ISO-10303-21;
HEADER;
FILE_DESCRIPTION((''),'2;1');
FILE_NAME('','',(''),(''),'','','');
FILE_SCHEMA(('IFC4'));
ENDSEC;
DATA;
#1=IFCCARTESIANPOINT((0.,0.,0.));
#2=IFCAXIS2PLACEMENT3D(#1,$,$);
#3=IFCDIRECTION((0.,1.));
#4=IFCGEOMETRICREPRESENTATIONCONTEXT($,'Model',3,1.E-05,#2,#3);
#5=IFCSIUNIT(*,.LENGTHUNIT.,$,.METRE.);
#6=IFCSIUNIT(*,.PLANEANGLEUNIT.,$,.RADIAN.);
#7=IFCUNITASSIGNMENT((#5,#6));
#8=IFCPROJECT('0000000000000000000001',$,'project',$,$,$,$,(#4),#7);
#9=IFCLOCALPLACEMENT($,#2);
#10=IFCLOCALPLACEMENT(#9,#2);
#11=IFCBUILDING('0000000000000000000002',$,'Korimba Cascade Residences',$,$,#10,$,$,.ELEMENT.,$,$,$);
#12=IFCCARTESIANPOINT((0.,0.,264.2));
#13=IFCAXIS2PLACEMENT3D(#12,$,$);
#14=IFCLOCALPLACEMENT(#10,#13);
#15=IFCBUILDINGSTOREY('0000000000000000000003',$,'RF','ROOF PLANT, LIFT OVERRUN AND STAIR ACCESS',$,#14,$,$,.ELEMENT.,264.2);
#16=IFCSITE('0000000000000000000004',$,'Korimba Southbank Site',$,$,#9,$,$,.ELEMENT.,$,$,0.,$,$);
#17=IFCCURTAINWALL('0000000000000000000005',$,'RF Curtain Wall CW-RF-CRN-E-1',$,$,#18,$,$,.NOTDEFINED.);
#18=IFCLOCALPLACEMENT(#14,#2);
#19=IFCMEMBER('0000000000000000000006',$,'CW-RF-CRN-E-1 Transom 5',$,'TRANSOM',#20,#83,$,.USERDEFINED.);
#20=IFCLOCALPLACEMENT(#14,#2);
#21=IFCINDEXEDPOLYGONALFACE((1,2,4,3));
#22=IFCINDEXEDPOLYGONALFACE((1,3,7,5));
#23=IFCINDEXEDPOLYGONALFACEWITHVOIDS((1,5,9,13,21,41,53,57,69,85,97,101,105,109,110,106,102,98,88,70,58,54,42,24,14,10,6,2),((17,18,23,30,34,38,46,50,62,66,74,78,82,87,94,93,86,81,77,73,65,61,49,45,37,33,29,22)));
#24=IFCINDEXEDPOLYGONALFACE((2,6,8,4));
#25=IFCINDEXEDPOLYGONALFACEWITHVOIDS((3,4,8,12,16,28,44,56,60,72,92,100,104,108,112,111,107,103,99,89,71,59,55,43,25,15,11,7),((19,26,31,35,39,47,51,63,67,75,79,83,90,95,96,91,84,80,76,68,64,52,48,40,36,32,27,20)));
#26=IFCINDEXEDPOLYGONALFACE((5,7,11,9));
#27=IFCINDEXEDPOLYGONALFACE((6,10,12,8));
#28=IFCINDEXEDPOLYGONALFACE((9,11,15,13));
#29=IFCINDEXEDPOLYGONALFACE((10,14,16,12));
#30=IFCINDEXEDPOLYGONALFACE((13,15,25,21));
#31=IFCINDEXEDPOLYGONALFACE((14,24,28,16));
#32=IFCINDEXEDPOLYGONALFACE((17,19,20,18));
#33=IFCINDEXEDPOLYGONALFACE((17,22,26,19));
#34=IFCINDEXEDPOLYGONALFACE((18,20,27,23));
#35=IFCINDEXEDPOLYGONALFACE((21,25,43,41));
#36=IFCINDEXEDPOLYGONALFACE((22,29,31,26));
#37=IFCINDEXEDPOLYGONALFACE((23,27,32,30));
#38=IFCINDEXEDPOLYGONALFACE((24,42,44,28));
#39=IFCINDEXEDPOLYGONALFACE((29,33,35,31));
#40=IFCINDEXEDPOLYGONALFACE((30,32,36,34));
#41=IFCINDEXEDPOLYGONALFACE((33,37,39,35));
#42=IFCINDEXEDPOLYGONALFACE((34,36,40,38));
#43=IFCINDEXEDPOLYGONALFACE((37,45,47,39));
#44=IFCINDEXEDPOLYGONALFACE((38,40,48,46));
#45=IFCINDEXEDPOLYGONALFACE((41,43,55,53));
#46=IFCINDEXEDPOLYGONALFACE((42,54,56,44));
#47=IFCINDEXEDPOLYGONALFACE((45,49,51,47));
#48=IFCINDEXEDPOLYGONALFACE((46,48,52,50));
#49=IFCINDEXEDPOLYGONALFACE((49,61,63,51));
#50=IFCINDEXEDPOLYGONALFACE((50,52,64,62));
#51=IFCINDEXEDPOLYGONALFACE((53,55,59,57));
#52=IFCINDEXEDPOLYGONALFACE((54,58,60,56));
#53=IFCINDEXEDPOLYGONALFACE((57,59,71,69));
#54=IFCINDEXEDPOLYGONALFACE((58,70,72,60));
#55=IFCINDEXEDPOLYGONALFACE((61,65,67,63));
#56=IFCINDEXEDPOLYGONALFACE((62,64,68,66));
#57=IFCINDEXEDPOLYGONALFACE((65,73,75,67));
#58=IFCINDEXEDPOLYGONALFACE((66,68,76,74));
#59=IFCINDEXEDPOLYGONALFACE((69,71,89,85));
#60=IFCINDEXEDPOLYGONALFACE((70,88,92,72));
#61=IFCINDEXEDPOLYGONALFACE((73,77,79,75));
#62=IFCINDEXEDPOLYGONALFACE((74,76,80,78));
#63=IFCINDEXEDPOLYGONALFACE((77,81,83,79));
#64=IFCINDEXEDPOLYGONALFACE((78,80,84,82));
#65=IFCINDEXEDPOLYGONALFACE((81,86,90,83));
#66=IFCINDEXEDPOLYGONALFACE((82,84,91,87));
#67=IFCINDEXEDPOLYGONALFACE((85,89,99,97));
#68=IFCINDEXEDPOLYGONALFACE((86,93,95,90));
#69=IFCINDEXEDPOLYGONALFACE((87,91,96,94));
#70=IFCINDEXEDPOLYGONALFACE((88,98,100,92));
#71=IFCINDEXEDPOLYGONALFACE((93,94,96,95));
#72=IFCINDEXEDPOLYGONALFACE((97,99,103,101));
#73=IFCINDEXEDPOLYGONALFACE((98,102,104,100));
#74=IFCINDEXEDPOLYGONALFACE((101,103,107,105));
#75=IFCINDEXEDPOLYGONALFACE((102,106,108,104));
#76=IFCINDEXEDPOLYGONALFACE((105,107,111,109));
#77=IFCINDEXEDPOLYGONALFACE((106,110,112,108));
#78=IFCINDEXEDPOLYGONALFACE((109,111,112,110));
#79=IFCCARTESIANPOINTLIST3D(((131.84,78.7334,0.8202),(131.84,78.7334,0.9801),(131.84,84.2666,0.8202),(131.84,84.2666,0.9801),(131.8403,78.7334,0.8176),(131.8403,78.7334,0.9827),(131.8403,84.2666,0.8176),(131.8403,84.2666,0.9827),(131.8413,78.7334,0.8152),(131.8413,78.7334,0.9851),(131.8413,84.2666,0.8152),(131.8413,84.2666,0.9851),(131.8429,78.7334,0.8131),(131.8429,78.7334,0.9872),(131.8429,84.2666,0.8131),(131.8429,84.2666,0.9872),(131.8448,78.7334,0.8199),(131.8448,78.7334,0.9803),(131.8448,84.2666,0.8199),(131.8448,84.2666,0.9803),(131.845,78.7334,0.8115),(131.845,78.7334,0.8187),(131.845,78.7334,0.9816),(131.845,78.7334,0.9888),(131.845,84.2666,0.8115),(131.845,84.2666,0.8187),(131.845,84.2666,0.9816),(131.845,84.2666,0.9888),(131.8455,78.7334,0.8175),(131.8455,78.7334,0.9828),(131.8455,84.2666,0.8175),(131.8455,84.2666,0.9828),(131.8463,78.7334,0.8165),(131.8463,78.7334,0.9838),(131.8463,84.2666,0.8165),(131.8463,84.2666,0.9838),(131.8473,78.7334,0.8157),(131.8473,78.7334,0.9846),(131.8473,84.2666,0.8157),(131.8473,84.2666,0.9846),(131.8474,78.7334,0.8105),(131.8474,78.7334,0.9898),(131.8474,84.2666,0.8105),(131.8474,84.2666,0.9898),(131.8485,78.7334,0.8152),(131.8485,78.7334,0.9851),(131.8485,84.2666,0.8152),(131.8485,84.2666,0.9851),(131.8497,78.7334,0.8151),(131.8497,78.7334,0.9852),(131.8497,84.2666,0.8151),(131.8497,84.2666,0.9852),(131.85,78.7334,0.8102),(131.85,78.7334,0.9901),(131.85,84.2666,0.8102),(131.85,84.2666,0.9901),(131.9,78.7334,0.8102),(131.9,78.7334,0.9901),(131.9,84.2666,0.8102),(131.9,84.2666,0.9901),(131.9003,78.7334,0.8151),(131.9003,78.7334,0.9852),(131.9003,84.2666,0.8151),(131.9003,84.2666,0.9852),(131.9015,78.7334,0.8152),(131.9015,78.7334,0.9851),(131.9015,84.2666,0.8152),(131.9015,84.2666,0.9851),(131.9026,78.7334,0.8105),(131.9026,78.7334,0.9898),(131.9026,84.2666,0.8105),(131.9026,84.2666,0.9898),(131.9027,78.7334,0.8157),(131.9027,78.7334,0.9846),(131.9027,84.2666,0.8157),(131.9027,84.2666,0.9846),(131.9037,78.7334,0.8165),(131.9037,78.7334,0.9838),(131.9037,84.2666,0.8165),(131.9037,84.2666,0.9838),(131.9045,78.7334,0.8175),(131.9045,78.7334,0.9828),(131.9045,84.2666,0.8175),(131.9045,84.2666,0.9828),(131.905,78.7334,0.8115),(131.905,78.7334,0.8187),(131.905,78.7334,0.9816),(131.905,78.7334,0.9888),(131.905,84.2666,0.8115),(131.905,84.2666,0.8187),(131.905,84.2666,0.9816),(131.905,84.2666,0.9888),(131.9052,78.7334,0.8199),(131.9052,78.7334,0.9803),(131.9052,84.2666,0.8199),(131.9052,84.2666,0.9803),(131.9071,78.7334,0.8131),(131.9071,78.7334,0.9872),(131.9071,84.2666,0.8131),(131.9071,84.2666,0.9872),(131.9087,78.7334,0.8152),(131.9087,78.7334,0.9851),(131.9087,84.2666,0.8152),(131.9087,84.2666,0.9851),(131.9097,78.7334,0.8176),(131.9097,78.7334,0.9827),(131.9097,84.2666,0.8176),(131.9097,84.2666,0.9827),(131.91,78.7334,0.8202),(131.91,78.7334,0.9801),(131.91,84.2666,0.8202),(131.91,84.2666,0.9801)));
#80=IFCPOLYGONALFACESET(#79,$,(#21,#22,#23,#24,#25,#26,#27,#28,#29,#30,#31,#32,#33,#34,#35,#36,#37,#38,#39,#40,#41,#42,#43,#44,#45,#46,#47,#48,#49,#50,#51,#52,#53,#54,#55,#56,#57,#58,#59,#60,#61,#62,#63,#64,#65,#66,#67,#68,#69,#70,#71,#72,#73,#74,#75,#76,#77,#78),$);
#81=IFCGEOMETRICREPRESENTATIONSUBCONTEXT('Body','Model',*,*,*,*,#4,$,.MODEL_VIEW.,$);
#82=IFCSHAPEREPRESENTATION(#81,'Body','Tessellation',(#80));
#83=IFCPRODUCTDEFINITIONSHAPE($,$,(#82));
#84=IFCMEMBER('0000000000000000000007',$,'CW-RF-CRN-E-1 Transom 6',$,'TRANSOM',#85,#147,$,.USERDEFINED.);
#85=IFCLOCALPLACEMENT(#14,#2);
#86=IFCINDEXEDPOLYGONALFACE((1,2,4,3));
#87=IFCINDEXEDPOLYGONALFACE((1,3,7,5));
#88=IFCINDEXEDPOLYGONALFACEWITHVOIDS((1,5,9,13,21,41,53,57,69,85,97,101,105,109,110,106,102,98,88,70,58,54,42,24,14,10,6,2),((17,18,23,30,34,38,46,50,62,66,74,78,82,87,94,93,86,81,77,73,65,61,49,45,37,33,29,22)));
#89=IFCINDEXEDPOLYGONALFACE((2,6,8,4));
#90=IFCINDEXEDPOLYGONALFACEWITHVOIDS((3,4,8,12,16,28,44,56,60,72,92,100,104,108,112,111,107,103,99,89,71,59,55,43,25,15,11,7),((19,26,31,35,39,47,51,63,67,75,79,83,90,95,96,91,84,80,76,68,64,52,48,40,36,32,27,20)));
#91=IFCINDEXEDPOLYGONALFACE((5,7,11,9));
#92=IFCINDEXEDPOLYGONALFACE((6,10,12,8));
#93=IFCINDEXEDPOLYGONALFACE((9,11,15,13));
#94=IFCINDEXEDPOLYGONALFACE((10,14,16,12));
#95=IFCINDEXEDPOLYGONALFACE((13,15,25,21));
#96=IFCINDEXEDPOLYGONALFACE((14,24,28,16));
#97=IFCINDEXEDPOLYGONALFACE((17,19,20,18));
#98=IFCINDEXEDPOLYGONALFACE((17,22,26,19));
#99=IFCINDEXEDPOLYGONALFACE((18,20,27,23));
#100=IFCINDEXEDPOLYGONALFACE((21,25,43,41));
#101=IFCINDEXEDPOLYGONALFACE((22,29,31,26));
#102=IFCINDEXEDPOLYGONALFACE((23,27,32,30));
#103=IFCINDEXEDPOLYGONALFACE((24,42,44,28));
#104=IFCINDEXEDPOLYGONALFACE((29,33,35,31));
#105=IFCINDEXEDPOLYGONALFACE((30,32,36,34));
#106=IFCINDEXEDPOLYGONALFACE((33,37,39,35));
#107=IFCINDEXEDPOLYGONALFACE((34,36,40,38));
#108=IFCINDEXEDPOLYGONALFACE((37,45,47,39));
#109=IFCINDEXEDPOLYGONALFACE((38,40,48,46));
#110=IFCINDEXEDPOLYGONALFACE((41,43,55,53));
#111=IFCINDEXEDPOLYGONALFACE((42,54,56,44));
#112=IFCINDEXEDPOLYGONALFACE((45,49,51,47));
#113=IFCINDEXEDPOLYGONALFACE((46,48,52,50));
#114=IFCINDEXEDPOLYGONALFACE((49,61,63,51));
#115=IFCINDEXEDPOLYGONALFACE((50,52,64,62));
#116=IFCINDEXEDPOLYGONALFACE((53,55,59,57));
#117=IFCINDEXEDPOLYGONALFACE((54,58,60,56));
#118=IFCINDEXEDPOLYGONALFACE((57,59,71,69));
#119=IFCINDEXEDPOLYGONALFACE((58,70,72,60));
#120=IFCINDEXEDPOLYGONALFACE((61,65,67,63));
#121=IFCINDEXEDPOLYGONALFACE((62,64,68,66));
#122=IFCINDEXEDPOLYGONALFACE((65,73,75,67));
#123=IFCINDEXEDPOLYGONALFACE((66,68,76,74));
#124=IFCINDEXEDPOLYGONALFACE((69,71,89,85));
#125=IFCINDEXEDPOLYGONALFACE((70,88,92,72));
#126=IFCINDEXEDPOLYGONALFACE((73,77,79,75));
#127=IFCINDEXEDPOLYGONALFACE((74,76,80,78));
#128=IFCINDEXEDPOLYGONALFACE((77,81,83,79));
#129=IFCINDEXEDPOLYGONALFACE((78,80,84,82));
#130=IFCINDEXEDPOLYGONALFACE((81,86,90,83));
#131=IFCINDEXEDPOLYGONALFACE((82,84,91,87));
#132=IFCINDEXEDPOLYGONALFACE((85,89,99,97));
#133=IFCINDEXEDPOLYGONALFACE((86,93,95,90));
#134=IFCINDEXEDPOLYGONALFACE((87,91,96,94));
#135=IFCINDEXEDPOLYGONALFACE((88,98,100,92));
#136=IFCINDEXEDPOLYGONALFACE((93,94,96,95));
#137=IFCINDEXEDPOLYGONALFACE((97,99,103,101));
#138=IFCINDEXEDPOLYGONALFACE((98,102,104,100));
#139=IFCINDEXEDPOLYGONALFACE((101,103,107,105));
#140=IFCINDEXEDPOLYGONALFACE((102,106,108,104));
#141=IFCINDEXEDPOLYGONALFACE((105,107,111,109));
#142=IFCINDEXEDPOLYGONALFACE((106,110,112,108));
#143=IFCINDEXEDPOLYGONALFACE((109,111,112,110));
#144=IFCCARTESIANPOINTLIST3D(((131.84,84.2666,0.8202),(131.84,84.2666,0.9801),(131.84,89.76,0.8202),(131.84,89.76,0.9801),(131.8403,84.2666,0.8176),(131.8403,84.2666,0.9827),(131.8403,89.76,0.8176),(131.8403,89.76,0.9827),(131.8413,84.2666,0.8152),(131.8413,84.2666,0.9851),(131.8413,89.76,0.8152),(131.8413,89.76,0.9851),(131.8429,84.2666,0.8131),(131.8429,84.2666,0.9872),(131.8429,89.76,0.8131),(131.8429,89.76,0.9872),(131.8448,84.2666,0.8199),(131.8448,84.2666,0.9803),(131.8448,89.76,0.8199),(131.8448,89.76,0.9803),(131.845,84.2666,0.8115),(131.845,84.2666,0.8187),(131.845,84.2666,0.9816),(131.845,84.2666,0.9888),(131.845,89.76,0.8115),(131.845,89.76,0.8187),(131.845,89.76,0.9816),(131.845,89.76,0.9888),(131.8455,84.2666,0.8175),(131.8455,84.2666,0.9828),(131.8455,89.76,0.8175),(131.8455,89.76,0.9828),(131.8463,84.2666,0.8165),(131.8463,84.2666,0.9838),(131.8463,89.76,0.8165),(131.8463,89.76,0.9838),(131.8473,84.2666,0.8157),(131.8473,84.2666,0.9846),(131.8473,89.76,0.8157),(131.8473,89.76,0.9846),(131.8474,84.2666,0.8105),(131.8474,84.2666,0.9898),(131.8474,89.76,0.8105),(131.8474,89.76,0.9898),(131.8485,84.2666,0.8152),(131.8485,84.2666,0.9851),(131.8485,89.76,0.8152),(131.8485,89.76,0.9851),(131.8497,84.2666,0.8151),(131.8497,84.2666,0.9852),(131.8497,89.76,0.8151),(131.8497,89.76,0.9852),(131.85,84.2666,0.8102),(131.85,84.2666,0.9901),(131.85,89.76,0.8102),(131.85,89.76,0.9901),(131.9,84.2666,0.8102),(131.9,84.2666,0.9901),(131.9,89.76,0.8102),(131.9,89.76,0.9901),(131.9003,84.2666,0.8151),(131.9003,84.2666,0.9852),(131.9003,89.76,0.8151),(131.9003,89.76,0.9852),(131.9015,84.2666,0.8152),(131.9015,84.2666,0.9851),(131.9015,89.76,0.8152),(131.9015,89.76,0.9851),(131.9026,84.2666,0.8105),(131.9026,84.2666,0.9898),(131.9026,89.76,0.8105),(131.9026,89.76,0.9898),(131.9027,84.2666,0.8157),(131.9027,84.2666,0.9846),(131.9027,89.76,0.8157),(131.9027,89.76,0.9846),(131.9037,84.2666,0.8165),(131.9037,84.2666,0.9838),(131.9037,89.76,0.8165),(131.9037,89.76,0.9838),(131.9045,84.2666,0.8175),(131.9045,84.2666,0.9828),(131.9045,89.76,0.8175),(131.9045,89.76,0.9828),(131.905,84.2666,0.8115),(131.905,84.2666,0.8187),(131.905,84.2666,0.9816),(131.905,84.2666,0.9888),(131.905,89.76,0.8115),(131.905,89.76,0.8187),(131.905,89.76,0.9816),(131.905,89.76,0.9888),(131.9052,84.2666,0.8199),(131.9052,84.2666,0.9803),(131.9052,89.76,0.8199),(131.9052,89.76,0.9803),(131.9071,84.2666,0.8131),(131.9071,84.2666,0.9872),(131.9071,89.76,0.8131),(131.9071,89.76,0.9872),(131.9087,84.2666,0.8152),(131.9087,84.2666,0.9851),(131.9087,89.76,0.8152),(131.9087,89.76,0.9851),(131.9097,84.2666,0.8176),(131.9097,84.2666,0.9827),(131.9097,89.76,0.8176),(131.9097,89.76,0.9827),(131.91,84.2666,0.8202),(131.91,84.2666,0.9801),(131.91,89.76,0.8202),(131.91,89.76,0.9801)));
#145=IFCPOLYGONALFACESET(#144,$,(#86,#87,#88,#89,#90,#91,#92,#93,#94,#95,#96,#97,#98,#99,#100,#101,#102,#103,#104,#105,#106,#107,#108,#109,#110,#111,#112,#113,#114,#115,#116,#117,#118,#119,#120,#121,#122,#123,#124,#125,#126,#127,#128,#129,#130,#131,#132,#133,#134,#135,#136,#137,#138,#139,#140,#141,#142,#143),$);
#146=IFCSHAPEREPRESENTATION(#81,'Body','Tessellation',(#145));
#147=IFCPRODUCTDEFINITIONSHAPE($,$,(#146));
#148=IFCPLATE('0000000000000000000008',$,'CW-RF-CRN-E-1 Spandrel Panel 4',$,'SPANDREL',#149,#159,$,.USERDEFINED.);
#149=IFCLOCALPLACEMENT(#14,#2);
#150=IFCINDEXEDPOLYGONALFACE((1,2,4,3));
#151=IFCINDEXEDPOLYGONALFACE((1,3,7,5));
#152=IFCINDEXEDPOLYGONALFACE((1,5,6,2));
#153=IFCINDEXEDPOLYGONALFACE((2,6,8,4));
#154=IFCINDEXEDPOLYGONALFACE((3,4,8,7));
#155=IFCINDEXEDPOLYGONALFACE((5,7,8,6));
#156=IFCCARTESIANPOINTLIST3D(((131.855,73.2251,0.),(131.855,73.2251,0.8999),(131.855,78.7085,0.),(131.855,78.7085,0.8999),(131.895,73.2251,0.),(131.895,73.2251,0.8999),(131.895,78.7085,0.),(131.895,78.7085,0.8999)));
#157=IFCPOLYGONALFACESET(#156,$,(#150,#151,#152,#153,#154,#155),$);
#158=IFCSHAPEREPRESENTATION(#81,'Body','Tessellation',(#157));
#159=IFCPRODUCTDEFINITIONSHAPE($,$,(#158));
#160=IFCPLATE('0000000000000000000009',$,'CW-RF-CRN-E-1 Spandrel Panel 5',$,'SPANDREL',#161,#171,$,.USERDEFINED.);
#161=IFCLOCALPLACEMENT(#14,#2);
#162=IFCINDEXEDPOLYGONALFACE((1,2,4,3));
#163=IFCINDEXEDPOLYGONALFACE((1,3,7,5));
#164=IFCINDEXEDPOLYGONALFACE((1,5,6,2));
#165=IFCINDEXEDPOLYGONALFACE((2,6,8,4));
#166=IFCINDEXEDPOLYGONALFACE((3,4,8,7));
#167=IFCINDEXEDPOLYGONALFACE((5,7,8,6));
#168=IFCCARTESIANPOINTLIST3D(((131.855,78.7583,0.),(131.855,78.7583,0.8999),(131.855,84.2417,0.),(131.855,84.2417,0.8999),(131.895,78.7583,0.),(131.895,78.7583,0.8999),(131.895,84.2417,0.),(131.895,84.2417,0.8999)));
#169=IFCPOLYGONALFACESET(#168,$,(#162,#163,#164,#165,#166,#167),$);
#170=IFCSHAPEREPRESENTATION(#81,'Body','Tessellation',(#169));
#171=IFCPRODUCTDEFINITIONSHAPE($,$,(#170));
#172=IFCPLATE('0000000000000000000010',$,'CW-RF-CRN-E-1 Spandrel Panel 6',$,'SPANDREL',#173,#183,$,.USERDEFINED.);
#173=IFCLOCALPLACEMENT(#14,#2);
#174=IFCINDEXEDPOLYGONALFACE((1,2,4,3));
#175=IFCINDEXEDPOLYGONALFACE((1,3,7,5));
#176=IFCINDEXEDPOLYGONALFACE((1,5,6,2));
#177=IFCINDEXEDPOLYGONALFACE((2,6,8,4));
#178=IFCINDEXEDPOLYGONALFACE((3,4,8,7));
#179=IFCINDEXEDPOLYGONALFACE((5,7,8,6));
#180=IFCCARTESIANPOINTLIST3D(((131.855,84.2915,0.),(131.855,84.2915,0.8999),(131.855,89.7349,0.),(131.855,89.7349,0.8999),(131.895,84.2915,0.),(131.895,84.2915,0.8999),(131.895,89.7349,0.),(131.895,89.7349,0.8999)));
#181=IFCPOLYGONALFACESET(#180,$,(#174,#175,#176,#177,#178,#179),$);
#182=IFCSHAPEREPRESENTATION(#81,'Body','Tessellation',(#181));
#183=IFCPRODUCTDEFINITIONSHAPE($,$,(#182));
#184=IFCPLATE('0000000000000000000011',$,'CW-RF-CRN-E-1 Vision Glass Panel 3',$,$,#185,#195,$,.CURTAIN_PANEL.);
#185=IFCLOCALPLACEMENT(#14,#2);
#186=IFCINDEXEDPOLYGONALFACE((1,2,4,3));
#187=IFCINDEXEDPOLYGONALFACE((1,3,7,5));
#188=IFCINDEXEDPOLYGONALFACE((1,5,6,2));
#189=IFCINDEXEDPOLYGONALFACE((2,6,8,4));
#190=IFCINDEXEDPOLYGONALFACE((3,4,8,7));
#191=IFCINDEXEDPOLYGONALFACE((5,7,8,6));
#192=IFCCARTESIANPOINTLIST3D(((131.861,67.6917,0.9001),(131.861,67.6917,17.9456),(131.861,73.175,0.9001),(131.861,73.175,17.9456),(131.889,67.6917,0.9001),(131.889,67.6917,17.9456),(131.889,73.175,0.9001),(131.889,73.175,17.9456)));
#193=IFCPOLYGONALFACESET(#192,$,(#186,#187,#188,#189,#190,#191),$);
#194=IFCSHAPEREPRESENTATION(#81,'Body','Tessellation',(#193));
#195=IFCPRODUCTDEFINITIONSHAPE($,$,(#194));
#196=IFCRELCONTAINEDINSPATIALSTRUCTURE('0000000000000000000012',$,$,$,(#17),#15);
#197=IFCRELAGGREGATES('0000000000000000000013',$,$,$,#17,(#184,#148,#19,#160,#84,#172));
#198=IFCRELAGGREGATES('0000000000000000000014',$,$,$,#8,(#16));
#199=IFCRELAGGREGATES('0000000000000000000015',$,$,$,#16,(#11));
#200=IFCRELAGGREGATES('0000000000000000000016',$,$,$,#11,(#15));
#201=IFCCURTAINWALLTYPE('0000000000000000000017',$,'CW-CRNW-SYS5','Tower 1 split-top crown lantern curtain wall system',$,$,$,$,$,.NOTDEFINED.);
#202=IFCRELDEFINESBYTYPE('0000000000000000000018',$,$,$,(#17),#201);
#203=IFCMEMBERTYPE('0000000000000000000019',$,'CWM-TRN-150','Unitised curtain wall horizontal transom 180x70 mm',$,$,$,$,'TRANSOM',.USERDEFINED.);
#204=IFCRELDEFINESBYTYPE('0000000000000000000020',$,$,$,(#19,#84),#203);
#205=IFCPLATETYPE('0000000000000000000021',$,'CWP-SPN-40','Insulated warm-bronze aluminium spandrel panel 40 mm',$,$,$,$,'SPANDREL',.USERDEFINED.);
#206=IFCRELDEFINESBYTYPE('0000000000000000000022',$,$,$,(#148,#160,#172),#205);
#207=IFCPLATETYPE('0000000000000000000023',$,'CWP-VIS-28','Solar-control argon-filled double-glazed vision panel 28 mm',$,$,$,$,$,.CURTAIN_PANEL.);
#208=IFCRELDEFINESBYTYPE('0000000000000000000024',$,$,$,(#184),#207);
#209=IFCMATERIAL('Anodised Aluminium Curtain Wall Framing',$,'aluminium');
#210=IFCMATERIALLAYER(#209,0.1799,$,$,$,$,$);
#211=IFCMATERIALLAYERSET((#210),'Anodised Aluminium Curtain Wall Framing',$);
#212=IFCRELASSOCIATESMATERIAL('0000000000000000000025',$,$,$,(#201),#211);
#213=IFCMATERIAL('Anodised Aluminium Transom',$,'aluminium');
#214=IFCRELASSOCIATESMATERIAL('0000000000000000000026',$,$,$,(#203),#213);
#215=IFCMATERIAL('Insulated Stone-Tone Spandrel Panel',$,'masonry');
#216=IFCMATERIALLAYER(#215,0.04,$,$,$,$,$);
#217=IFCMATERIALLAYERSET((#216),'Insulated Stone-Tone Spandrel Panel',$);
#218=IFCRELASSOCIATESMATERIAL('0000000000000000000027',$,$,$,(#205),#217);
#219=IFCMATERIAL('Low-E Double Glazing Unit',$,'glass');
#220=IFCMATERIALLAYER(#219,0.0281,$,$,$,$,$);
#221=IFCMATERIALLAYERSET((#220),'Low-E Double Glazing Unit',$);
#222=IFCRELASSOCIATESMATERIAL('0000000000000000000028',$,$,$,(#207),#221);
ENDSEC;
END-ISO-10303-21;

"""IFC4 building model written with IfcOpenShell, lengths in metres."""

from ifc_helpers import new_model, si_unit, direction, frame, origin, origin_2d, place, context, subcontext, project, spatial, rectangle, hollow_rectangle, extrude, material, layer, layer_set, material_profile, profile_set, type_object, element, aggregate, save


model = new_model("IFC4")

# Units and contexts
model_context = context("Model", 3, precision=1e-05, world=origin(), true_north=direction((0.0, 1.0)))
body_context = subcontext(model_context, "Body", "Model", "MODEL_VIEW")
ifc_project = project(units=[si_unit("LENGTHUNIT", "METRE"), si_unit("PLANEANGLEUNIT", "RADIAN")], contexts=[model_context])

# Site, building, storey
site_placement = place(None, origin())
site = spatial("IfcSite", under=ifc_project, at=site_placement, Name="Korimba Southbank Site", CompositionType="ELEMENT", RefElevation=0.0)
building_placement = place(site_placement, origin())
building = spatial("IfcBuilding", under=site, at=building_placement, Name="Korimba Cascade Residences", CompositionType="ELEMENT")
storey_placement = place(building_placement, frame((0.0, 0.0, 264.2)))
storey = spatial("IfcBuildingStorey", under=building, at=storey_placement, Name="RF", Description="ROOF PLANT, LIFT OVERRUN AND STAIR ACCESS", CompositionType="ELEMENT", Elevation=264.2)

# Curtain wall, members, plates
ifc_material_1 = material(Name="Anodised Aluminium Curtain Wall Framing", Category="aluminium")
ifc_layer_1 = layer(ifc_material_1, 0.1799)
ifc_layer_set_1 = layer_set([ifc_layer_1], Name="Anodised Aluminium Curtain Wall Framing")
curtain_wall_type = type_object("IfcCurtainWallType", Name="CW-CRNW-SYS5", Description="Tower 1 split-top crown lantern curtain wall system", PredefinedType="NOTDEFINED", material=ifc_layer_set_1)
curtain_wall_placement = place(storey_placement, origin())
curtain_wall = element("IfcCurtainWall", 1, at=curtain_wall_placement, inside=storey, type_object=curtain_wall_type, Name="RF Curtain Wall CW-RF-CRN-E-1", PredefinedType="NOTDEFINED")
ifc_material_2 = material(Name="Anodised Aluminium Transom", Category="aluminium")
ifc_material_profile_1 = material_profile(ifc_material_2, hollow_rectangle(XDim=0.0701, YDim=0.1799, WallThickness=0.0049, InnerFilletRadius=0.0049, OuterFilletRadius=0.01, at=origin_2d()), Name="Anodised Aluminium Transom")
ifc_profile_set_1 = profile_set([ifc_material_profile_1], Name="Anodised Aluminium Transom")
member_type_1 = type_object("IfcMemberType", Name="CWM-TRN-150", Description="Unitised curtain wall horizontal transom 180x70 mm", ElementType="TRANSOM", PredefinedType="USERDEFINED", material=ifc_profile_set_1)
member_1_placement = place(storey_placement, frame((131.875, 78.7334, 0.9001), z_axis=(0.0, 1.0, 0.0), x_axis=(-1.0, 0.0, 0.0)))
member_1 = element("IfcMember", 2, at=member_1_placement, type_object=member_type_1, Name="CW-RF-CRN-E-1 Transom 5", ObjectType="TRANSOM", PredefinedType="USERDEFINED", context=body_context, shape_type="SweptSolid", body=[
    extrude(hollow_rectangle(XDim=0.0701, YDim=0.1799, WallThickness=0.0049, InnerFilletRadius=0.0049, OuterFilletRadius=0.01, at=origin_2d()), origin(), (0.0, 0.0, 1.0), 5.5332),
])
member_2_placement = place(storey_placement, frame((131.875, 84.2666, 0.9001), z_axis=(0.0, 1.0, 0.0), x_axis=(-1.0, 0.0, 0.0)))
member_2 = element("IfcMember", 3, at=member_2_placement, type_object=member_type_1, Name="CW-RF-CRN-E-1 Transom 6", ObjectType="TRANSOM", PredefinedType="USERDEFINED", context=body_context, shape_type="SweptSolid", body=[
    extrude(hollow_rectangle(XDim=0.0701, YDim=0.1799, WallThickness=0.0049, InnerFilletRadius=0.0049, OuterFilletRadius=0.01, at=origin_2d()), origin(), (0.0, 0.0, 1.0), 5.4934),
])
ifc_material_3 = material(Name="Insulated Stone-Tone Spandrel Panel", Category="masonry")
ifc_layer_2 = layer(ifc_material_3, 0.04)
ifc_layer_set_2 = layer_set([ifc_layer_2], Name="Insulated Stone-Tone Spandrel Panel")
plate_type_1 = type_object("IfcPlateType", Name="CWP-SPN-40", Description="Insulated warm-bronze aluminium spandrel panel 40 mm", ElementType="SPANDREL", PredefinedType="USERDEFINED", material=ifc_layer_set_2)
plate_1_placement = place(storey_placement, frame((131.875, 75.9668, 0.0), z_axis=(0.0, 0.0, 1.0), x_axis=(0.0, 1.0, 0.0)))
plate_1 = element("IfcPlate", 4, at=plate_1_placement, type_object=plate_type_1, Name="CW-RF-CRN-E-1 Spandrel Panel 4", ObjectType="SPANDREL", PredefinedType="USERDEFINED", context=body_context, shape_type="SweptSolid", body=[
    extrude(rectangle(XDim=5.4834, YDim=0.04, at=origin_2d()), origin(), (0.0, 0.0, 1.0), 0.8999),
])
plate_2_placement = place(storey_placement, frame((131.875, 81.5, 0.0), z_axis=(0.0, 0.0, 1.0), x_axis=(0.0, 1.0, 0.0)))
plate_2 = element("IfcPlate", 5, at=plate_2_placement, type_object=plate_type_1, Name="CW-RF-CRN-E-1 Spandrel Panel 5", ObjectType="SPANDREL", PredefinedType="USERDEFINED", context=body_context, shape_type="SweptSolid", body=[
    extrude(rectangle(XDim=5.4834, YDim=0.04, at=origin_2d()), origin(), (0.0, 0.0, 1.0), 0.8999),
])
plate_3_placement = place(storey_placement, frame((131.875, 87.0132, 0.0), z_axis=(0.0, 0.0, 1.0), x_axis=(0.0, 1.0, 0.0)))
plate_3 = element("IfcPlate", 6, at=plate_3_placement, type_object=plate_type_1, Name="CW-RF-CRN-E-1 Spandrel Panel 6", ObjectType="SPANDREL", PredefinedType="USERDEFINED", context=body_context, shape_type="SweptSolid", body=[
    extrude(rectangle(XDim=5.4434, YDim=0.04, at=origin_2d()), origin(), (0.0, 0.0, 1.0), 0.8999),
])
ifc_material_4 = material(Name="Low-E Double Glazing Unit", Category="glass")
ifc_layer_3 = layer(ifc_material_4, 0.0281)
ifc_layer_set_3 = layer_set([ifc_layer_3], Name="Low-E Double Glazing Unit")
plate_type_2 = type_object("IfcPlateType", Name="CWP-VIS-28", Description="Solar-control argon-filled double-glazed vision panel 28 mm", PredefinedType="CURTAIN_PANEL", material=ifc_layer_set_3)
plate_4_placement = place(storey_placement, frame((131.875, 70.4333, 0.9001), z_axis=(0.0, 0.0, 1.0), x_axis=(0.0, 1.0, 0.0)))
plate_4 = element("IfcPlate", 7, at=plate_4_placement, type_object=plate_type_2, Name="CW-RF-CRN-E-1 Vision Glass Panel 3", PredefinedType="CURTAIN_PANEL", context=body_context, shape_type="SweptSolid", body=[
    extrude(rectangle(XDim=5.4834, YDim=0.0281, at=origin_2d()), origin(), (0.0, 0.0, 1.0), 17.0454),
])
aggregate(curtain_wall, [plate_4, plate_1, member_1, plate_2, member_2, plate_3])

save(model, "model.ifc")
